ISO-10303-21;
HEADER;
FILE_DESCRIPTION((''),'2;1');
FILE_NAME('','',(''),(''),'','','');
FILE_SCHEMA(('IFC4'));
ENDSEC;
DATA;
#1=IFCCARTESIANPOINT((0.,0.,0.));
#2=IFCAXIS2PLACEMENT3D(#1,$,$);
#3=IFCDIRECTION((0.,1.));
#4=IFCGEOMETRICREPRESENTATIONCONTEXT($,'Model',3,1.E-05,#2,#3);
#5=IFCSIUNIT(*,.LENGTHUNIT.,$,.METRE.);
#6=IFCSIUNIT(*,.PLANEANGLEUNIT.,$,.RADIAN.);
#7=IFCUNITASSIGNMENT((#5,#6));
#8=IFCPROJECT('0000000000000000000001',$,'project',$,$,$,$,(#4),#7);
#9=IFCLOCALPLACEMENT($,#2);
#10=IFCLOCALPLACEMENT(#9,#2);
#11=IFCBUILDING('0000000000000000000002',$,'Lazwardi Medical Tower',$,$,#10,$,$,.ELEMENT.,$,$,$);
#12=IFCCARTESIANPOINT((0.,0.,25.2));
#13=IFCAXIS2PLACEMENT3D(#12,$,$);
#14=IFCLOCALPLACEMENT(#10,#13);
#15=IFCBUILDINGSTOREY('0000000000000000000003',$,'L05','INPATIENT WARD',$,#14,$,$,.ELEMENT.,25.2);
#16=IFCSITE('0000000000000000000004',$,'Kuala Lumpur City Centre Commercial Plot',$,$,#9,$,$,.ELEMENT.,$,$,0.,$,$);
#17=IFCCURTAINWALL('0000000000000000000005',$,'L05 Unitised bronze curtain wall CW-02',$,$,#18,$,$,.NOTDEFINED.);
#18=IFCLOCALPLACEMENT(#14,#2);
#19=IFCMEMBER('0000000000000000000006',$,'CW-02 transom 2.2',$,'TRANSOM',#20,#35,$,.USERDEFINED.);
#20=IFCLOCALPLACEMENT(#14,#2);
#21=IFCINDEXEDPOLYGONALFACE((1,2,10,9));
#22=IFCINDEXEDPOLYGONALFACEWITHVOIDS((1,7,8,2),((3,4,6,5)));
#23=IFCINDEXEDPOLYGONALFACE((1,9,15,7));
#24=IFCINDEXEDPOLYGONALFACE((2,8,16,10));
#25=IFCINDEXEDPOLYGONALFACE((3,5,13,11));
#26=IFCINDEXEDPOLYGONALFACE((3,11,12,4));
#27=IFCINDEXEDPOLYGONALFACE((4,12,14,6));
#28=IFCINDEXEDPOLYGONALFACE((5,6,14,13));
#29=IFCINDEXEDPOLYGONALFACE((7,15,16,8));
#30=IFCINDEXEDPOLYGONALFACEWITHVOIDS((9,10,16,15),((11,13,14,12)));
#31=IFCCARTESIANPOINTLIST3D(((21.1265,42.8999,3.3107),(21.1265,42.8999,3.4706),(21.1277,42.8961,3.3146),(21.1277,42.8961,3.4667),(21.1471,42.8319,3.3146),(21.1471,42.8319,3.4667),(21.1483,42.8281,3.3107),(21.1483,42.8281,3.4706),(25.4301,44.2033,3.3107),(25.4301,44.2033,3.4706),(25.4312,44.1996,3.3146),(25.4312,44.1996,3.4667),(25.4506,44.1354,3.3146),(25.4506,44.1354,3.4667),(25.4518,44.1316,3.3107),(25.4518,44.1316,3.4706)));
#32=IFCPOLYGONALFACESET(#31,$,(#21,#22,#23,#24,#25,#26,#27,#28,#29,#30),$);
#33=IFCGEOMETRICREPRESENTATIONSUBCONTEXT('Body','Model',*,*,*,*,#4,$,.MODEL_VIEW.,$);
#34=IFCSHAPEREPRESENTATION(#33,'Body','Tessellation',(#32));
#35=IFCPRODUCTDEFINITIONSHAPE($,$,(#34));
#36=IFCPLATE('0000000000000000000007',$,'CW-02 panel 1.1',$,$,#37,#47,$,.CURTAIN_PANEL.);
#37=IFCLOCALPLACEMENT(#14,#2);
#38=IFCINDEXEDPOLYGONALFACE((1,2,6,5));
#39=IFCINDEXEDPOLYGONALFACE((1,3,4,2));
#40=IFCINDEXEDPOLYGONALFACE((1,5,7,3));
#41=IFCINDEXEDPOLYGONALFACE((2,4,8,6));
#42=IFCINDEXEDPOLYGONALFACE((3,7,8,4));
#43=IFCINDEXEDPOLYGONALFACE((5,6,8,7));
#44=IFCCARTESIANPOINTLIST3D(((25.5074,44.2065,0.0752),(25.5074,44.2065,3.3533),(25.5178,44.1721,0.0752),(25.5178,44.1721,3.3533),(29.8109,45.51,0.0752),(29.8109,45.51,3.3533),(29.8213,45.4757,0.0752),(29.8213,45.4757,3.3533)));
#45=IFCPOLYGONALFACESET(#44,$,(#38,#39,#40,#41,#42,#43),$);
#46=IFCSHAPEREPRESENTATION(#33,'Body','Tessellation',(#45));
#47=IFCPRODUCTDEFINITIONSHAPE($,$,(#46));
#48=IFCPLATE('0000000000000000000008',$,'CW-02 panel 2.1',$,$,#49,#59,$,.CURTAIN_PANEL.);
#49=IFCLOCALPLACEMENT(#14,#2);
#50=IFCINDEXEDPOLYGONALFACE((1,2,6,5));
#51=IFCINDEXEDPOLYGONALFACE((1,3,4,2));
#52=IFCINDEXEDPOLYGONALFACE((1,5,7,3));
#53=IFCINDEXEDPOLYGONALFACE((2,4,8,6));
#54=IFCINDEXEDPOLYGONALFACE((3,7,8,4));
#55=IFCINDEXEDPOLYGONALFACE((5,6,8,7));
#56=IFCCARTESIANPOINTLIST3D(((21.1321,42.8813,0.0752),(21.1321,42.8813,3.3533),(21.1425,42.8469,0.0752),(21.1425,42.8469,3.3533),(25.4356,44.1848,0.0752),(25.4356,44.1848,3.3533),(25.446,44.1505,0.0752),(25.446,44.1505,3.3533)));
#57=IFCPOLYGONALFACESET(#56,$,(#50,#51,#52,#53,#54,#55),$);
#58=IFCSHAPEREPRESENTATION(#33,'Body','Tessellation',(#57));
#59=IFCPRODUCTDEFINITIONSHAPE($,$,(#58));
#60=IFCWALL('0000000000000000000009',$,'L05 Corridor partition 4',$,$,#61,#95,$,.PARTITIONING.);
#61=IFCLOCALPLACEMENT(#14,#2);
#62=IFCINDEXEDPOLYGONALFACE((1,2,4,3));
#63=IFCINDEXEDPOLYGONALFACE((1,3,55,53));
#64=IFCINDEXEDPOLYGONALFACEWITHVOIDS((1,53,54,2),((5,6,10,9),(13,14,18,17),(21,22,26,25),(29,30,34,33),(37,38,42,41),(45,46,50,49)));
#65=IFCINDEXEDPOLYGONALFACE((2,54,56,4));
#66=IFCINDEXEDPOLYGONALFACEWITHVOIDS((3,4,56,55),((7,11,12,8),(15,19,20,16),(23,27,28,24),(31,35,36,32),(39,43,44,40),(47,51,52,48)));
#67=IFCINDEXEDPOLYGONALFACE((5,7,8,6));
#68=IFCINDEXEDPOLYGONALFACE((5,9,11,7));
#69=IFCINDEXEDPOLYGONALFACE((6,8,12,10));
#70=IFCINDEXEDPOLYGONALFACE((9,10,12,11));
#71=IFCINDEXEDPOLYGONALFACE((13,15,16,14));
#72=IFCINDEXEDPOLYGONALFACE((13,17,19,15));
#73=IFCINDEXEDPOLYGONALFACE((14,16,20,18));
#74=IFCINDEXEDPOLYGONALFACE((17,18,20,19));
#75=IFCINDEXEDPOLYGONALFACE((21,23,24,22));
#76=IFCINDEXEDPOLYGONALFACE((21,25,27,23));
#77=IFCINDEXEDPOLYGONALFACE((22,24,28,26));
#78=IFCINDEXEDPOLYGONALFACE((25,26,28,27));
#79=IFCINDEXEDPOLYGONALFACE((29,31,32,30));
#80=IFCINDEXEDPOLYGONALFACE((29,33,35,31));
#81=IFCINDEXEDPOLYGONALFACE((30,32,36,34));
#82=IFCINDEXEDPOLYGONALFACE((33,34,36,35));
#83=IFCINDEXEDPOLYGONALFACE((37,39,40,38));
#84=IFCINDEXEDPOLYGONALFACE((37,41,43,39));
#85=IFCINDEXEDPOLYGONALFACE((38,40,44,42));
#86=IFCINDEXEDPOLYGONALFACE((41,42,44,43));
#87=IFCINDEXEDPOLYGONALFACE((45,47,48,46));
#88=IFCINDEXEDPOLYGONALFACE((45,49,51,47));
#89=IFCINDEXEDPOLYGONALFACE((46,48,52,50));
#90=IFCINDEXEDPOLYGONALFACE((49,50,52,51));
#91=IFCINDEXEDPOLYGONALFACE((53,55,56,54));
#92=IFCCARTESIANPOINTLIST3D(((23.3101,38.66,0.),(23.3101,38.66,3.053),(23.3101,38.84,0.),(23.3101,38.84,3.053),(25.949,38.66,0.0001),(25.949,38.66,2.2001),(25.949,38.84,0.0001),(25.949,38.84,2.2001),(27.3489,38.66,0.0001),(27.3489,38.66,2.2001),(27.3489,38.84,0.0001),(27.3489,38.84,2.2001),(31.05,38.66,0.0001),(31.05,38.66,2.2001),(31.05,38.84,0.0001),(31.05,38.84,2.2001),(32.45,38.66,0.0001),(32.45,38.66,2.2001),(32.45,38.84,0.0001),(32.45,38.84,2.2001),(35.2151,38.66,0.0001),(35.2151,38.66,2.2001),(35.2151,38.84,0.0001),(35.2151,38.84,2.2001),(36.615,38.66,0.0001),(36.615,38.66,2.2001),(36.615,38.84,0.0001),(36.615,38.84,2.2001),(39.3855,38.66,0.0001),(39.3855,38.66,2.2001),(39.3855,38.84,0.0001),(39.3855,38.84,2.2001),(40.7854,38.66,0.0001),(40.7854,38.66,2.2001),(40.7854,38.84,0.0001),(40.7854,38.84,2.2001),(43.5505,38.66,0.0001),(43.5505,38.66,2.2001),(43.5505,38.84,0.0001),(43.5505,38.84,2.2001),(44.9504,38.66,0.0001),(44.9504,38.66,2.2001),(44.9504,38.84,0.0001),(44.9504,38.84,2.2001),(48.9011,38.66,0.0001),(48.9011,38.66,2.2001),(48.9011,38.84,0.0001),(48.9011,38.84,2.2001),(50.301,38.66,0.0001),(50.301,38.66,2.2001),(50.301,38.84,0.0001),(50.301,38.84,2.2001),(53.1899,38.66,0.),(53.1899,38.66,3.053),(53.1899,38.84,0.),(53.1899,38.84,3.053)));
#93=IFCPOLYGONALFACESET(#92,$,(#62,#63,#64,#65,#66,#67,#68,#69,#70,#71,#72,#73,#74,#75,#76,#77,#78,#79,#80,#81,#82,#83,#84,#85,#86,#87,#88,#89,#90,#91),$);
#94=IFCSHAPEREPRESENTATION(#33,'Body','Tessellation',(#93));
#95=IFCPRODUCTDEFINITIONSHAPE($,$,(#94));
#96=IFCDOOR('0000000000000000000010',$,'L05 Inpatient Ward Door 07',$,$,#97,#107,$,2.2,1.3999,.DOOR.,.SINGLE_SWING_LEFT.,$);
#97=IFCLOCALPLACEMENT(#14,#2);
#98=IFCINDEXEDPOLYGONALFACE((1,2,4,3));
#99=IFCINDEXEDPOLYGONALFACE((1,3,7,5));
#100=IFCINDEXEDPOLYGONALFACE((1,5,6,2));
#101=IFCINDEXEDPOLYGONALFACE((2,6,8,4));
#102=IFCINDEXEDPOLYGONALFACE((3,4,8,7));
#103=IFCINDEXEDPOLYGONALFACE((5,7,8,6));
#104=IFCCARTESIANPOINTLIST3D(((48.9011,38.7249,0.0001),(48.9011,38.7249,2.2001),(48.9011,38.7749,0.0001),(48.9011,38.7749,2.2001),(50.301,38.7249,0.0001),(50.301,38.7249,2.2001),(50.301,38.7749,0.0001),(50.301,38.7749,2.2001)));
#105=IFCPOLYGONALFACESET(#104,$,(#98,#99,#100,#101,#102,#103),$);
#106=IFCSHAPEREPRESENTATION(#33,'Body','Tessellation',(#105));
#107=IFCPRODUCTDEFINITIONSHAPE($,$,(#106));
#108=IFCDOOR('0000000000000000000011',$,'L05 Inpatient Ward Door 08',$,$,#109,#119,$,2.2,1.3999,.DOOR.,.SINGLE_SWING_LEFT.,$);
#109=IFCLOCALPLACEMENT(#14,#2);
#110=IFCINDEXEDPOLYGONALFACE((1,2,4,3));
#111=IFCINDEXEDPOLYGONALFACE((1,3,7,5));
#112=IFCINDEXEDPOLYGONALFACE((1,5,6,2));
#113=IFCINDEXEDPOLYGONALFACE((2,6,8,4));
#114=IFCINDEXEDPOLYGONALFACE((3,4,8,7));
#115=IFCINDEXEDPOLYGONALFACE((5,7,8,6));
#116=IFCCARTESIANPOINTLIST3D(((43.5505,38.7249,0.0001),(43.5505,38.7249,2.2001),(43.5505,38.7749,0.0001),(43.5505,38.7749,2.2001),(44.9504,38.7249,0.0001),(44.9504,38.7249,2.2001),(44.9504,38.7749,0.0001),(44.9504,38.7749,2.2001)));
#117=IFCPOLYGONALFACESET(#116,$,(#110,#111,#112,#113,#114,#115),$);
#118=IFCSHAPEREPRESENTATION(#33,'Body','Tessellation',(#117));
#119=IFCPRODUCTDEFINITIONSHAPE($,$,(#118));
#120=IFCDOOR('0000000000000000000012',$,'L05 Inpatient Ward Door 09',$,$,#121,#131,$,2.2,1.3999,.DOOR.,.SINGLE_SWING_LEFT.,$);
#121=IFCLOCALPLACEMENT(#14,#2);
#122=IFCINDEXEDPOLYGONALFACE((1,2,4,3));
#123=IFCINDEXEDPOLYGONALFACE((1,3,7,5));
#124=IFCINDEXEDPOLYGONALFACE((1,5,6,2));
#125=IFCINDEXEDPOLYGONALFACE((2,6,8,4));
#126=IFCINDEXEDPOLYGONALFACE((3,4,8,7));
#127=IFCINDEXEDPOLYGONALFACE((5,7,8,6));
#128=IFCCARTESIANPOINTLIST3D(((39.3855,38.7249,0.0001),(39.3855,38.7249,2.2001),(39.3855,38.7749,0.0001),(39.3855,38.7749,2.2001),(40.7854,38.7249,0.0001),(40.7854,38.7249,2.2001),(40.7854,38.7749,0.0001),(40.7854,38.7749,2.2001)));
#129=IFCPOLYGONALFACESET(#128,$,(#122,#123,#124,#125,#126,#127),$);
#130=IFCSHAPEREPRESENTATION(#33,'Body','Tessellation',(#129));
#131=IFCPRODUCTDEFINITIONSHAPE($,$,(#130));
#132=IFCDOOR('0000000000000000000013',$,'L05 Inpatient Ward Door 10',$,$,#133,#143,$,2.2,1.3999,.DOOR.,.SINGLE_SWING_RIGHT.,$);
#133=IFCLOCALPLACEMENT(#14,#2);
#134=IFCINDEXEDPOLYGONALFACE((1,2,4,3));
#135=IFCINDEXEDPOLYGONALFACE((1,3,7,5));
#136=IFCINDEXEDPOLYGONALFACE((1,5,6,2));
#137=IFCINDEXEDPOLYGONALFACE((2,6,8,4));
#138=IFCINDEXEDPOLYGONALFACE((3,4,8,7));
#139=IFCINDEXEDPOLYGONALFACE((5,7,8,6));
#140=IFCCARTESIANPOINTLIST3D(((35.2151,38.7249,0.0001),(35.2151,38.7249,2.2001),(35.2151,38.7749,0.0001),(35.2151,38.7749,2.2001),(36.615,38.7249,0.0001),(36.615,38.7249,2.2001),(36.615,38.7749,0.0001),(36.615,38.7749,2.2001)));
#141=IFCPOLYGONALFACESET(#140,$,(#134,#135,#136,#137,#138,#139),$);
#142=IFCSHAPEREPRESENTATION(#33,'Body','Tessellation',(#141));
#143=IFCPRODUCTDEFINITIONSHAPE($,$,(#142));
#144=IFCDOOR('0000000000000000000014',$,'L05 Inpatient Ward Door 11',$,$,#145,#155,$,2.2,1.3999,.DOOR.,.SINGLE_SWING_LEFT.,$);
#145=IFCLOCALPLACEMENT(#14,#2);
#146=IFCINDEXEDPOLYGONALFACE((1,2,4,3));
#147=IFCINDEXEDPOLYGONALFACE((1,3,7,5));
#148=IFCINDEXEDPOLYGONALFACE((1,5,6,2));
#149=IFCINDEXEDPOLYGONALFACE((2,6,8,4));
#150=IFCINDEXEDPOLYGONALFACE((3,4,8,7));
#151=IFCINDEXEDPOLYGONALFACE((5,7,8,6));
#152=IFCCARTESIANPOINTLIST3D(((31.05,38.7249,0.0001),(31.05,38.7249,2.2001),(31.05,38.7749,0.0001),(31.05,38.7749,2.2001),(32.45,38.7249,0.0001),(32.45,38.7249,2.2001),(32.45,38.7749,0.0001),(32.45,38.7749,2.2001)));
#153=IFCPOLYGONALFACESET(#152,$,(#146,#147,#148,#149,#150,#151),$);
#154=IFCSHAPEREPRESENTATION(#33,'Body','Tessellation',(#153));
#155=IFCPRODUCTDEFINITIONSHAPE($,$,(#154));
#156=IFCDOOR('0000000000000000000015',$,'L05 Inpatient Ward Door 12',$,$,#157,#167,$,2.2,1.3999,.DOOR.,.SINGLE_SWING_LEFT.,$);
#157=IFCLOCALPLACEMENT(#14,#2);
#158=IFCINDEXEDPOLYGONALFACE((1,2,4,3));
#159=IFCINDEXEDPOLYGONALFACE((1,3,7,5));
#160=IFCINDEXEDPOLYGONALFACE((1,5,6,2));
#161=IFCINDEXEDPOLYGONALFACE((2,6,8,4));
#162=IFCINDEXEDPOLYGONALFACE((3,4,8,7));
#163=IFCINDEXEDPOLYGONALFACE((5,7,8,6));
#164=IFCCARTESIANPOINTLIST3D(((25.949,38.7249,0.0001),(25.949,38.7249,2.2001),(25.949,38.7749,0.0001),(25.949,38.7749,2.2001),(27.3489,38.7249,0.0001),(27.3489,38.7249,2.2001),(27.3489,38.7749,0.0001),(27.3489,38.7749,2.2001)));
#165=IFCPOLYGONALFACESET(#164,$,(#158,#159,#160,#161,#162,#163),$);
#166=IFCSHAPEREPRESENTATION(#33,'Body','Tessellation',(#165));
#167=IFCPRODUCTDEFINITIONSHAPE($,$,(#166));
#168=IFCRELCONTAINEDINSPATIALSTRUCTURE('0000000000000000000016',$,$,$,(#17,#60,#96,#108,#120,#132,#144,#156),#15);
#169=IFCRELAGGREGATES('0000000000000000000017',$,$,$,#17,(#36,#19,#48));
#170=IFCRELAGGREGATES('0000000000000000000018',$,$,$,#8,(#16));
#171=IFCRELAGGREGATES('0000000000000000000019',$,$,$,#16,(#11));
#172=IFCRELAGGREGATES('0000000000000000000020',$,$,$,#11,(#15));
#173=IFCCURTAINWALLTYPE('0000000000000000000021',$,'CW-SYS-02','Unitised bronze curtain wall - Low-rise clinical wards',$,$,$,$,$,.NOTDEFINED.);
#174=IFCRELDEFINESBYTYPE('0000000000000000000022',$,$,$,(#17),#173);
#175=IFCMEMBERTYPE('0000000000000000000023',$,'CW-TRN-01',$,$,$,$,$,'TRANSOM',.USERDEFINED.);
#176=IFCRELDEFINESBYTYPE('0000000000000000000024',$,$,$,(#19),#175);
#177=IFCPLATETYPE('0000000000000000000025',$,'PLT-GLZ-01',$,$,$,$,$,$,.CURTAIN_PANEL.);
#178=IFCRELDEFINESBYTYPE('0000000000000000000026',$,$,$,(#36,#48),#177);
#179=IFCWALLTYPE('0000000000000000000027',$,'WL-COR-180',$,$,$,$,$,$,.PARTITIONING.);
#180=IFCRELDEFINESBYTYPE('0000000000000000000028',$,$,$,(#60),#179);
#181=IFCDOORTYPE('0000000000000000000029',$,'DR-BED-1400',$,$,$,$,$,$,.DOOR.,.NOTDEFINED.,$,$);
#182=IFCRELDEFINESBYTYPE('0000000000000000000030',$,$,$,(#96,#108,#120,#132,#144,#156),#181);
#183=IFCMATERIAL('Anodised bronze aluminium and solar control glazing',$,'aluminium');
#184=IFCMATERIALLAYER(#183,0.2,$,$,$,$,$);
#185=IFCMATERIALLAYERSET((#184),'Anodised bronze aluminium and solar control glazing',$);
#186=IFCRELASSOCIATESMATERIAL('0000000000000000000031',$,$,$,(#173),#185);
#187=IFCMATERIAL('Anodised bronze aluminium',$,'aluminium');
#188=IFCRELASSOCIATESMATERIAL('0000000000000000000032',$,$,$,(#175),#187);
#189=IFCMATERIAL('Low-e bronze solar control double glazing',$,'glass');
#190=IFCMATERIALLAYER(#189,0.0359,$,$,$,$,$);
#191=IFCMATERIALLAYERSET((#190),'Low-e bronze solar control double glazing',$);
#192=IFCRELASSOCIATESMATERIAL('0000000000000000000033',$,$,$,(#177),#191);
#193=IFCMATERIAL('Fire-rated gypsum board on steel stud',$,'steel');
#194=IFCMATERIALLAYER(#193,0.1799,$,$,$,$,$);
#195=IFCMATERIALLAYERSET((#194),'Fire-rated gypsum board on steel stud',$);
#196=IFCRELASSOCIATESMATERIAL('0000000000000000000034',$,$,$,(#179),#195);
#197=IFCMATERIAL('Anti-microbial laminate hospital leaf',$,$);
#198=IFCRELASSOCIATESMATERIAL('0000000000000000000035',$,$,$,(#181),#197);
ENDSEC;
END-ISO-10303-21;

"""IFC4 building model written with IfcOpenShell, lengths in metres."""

from ifc_helpers import new_model, si_unit, direction, frame, frame_2d, origin, origin_2d, place, context, subcontext, project, spatial, rectangle, hollow_rectangle, extrude, material, layer, layer_set, material_profile, profile_set, type_object, element, fill, aggregate, save


model = new_model("IFC4")

# Units and contexts
model_context = context("Model", 3, precision=1e-05, world=origin(), true_north=direction((0.0, 1.0)))
body_context = subcontext(model_context, "Body", "Model", "MODEL_VIEW")
ifc_project = project(units=[si_unit("LENGTHUNIT", "METRE"), si_unit("PLANEANGLEUNIT", "RADIAN")], contexts=[model_context])

# Site, building, storey
site_placement = place(None, origin())
site = spatial("IfcSite", under=ifc_project, at=site_placement, Name="Kuala Lumpur City Centre Commercial Plot", CompositionType="ELEMENT", RefElevation=0.0)
building_placement = place(site_placement, origin())
building = spatial("IfcBuilding", under=site, at=building_placement, Name="Lazwardi Medical Tower", CompositionType="ELEMENT")
storey_placement = place(building_placement, frame((0.0, 0.0, 25.2)))
storey = spatial("IfcBuildingStorey", under=building, at=storey_placement, Name="L05", Description="INPATIENT WARD", CompositionType="ELEMENT", Elevation=25.2)

# Curtain wall, member, plates
ifc_material_1 = material(Name="Anodised bronze aluminium and solar control glazing", Category="aluminium")
ifc_layer_1 = layer(ifc_material_1, 0.2)
ifc_layer_set_1 = layer_set([ifc_layer_1], Name="Anodised bronze aluminium and solar control glazing")
curtain_wall_type = type_object("IfcCurtainWallType", Name="CW-SYS-02", Description="Unitised bronze curtain wall - Low-rise clinical wards", PredefinedType="NOTDEFINED", material=ifc_layer_set_1)
curtain_wall_placement = place(storey_placement, origin())
curtain_wall = element("IfcCurtainWall", 1, at=curtain_wall_placement, inside=storey, type_object=curtain_wall_type, Name="L05 Unitised bronze curtain wall CW-02", PredefinedType="NOTDEFINED")
ifc_material_2 = material(Name="Anodised bronze aluminium", Category="aluminium")
ifc_material_profile_1 = material_profile(ifc_material_2, hollow_rectangle(XDim=0.075, YDim=0.1599, WallThickness=0.0039, at=origin_2d()), Name="ALU-TRANSOM 160x75x4")
ifc_profile_set_1 = profile_set([ifc_material_profile_1], Name="Anodised bronze aluminium")
member_type_1 = type_object("IfcMemberType", Name="CW-TRN-01", ElementType="TRANSOM", PredefinedType="USERDEFINED", material=ifc_profile_set_1)
member_1_placement = place(storey_placement, frame((25.4409, 44.1675, 3.3906), z_axis=(-0.957062, -0.289882, 0.0), x_axis=(0.289882, -0.957062, 0.0)))
member_1 = element("IfcMember", 2, at=member_1_placement, type_object=member_type_1, Name="CW-02 transom 2.2", ObjectType="TRANSOM", PredefinedType="USERDEFINED", context=body_context, shape_type="SweptSolid", body=[
    extrude(hollow_rectangle(XDim=0.075, YDim=0.1599, WallThickness=0.0039, at=origin_2d()), origin(), (0.0, 0.0, 1.0), 4.4966),
])
ifc_material_3 = material(Name="Low-e bronze solar control double glazing", Category="glass")
ifc_layer_2 = layer(ifc_material_3, 0.0359)
ifc_layer_set_2 = layer_set([ifc_layer_2], Name="Low-e bronze solar control double glazing")
plate_type = type_object("IfcPlateType", Name="PLT-GLZ-01", PredefinedType="CURTAIN_PANEL", material=ifc_layer_set_2)
plate_1_placement = place(storey_placement, frame((27.6643, 44.8411, 0.0752), z_axis=(0.0, 0.0, 1.0), x_axis=(-0.957058, -0.289896, 0.0)))
plate_1 = element("IfcPlate", 3, at=plate_1_placement, type_object=plate_type, Name="CW-02 panel 1.1", PredefinedType="CURTAIN_PANEL", context=body_context, shape_type="SweptSolid", body=[
    extrude(rectangle(XDim=4.4966, YDim=0.0359, at=origin_2d()), origin(), (0.0, 0.0, 1.0), 3.2781),
])
plate_2_placement = place(storey_placement, frame((23.2891, 43.5159, 0.0752), z_axis=(0.0, 0.0, 1.0), x_axis=(-0.957058, -0.289896, 0.0)))
plate_2 = element("IfcPlate", 4, at=plate_2_placement, type_object=plate_type, Name="CW-02 panel 2.1", PredefinedType="CURTAIN_PANEL", context=body_context, shape_type="SweptSolid", body=[
    extrude(rectangle(XDim=4.4966, YDim=0.0359, at=origin_2d()), origin(), (0.0, 0.0, 1.0), 3.2781),
])
aggregate(curtain_wall, [plate_1, member_1, plate_2])

# Wall, openings, doors
ifc_material_4 = material(Name="Fire-rated gypsum board on steel stud", Category="steel")
ifc_layer_3 = layer(ifc_material_4, 0.1799)
ifc_layer_set_3 = layer_set([ifc_layer_3], Name="Fire-rated gypsum board on steel stud")
wall_type_1 = type_object("IfcWallType", Name="WL-COR-180", PredefinedType="PARTITIONING", material=ifc_layer_set_3)
wall_1_placement = place(storey_placement, frame((23.3101, 38.75, 0.0), z_axis=(0.0, 0.0, 1.0), x_axis=(1.0, 0.0, 0.0)))
wall_1 = element("IfcWall", 5, at=wall_1_placement, inside=storey, type_object=wall_type_1, Name="L05 Corridor partition 4", PredefinedType="PARTITIONING", context=body_context, shape_type="SweptSolid", body=[
    extrude(rectangle(XDim=29.8799, YDim=0.1799, at=frame_2d((14.9399, 0.0))), origin(), (0.0, 0.0, 1.0), 3.053),
])
opening_1_placement = place(wall_1_placement, frame((25.5911, 0.0, 0.0)))
opening_1 = element("IfcOpeningElement", 6, at=opening_1_placement, cuts=wall_1, PredefinedType="OPENING", context=body_context, shape_type="SweptSolid", body=[
    extrude(rectangle(XDim=1.3999, YDim=2.2, at=frame_2d((0.7, 1.1001))), frame((0.0, 0.0999, 0.0), z_axis=(0.0, -1.0, 0.0), x_axis=(1.0, 0.0, 0.0)), (0.0, 0.0, 1.0), 0.2),
])
opening_2_placement = place(wall_1_placement, frame((20.2405, 0.0, 0.0)))
opening_2 = element("IfcOpeningElement", 7, at=opening_2_placement, cuts=wall_1, PredefinedType="OPENING", context=body_context, shape_type="SweptSolid", body=[
    extrude(rectangle(XDim=1.3999, YDim=2.2, at=frame_2d((0.7, 1.1001))), frame((0.0, 0.0999, 0.0), z_axis=(0.0, -1.0, 0.0), x_axis=(1.0, 0.0, 0.0)), (0.0, 0.0, 1.0), 0.2),
])
opening_3_placement = place(wall_1_placement, frame((16.0754, 0.0, 0.0)))
opening_3 = element("IfcOpeningElement", 8, at=opening_3_placement, cuts=wall_1, PredefinedType="OPENING", context=body_context, shape_type="SweptSolid", body=[
    extrude(rectangle(XDim=1.3999, YDim=2.2, at=frame_2d((0.7, 1.1001))), frame((0.0, 0.0999, 0.0), z_axis=(0.0, -1.0, 0.0), x_axis=(1.0, 0.0, 0.0)), (0.0, 0.0, 1.0), 0.2),
])
opening_4_placement = place(wall_1_placement, frame((11.905, 0.0, 0.0)))
opening_4 = element("IfcOpeningElement", 9, at=opening_4_placement, cuts=wall_1, PredefinedType="OPENING", context=body_context, shape_type="SweptSolid", body=[
    extrude(rectangle(XDim=1.3999, YDim=2.2, at=frame_2d((0.7, 1.1001))), frame((0.0, 0.0999, 0.0), z_axis=(0.0, -1.0, 0.0), x_axis=(1.0, 0.0, 0.0)), (0.0, 0.0, 1.0), 0.2),
])
opening_5_placement = place(wall_1_placement, frame((7.74, 0.0, 0.0)))
opening_5 = element("IfcOpeningElement", 10, at=opening_5_placement, cuts=wall_1, PredefinedType="OPENING", context=body_context, shape_type="SweptSolid", body=[
    extrude(rectangle(XDim=1.3999, YDim=2.2, at=frame_2d((0.7, 1.1001))), frame((0.0, 0.0999, 0.0), z_axis=(0.0, -1.0, 0.0), x_axis=(1.0, 0.0, 0.0)), (0.0, 0.0, 1.0), 0.2),
])
opening_6_placement = place(wall_1_placement, frame((2.6389, 0.0, 0.0)))
opening_6 = element("IfcOpeningElement", 11, at=opening_6_placement, cuts=wall_1, PredefinedType="OPENING", context=body_context, shape_type="SweptSolid", body=[
    extrude(rectangle(XDim=1.3999, YDim=2.2, at=frame_2d((0.7, 1.1001))), frame((0.0, 0.0999, 0.0), z_axis=(0.0, -1.0, 0.0), x_axis=(1.0, 0.0, 0.0)), (0.0, 0.0, 1.0), 0.2),
])
ifc_material_5 = material(Name="Anti-microbial laminate hospital leaf")
door_type = type_object("IfcDoorType", Name="DR-BED-1400", OperationType="NOTDEFINED", PredefinedType="DOOR", material=ifc_material_5)
door_1_placement = place(opening_1_placement, origin())
door_1 = element("IfcDoor", 12, at=door_1_placement, inside=storey, type_object=door_type, Name="L05 Inpatient Ward Door 07", OperationType="SINGLE_SWING_LEFT", OverallHeight=2.2, OverallWidth=1.3999, PredefinedType="DOOR", context=body_context, shape_type="SweptSolid", body=[
    extrude(rectangle(XDim=1.3999, YDim=2.2, at=frame_2d((0.7, 1.1001))), frame((0.0, 0.0249, 0.0), z_axis=(0.0, -1.0, 0.0), x_axis=(1.0, 0.0, 0.0)), (0.0, 0.0, 1.0), 0.05),
])
fill(opening_1, door_1)
door_2_placement = place(opening_2_placement, origin())
door_2 = element("IfcDoor", 13, at=door_2_placement, inside=storey, type_object=door_type, Name="L05 Inpatient Ward Door 08", OperationType="SINGLE_SWING_LEFT", OverallHeight=2.2, OverallWidth=1.3999, PredefinedType="DOOR", context=body_context, shape_type="SweptSolid", body=[
    extrude(rectangle(XDim=1.3999, YDim=2.2, at=frame_2d((0.7, 1.1001))), frame((0.0, 0.0249, 0.0), z_axis=(0.0, -1.0, 0.0), x_axis=(1.0, 0.0, 0.0)), (0.0, 0.0, 1.0), 0.05),
])
fill(opening_2, door_2)
door_3_placement = place(opening_3_placement, origin())
door_3 = element("IfcDoor", 14, at=door_3_placement, inside=storey, type_object=door_type, Name="L05 Inpatient Ward Door 09", OperationType="SINGLE_SWING_LEFT", OverallHeight=2.2, OverallWidth=1.3999, PredefinedType="DOOR", context=body_context, shape_type="SweptSolid", body=[
    extrude(rectangle(XDim=1.3999, YDim=2.2, at=frame_2d((0.7, 1.1001))), frame((0.0, 0.0249, 0.0), z_axis=(0.0, -1.0, 0.0), x_axis=(1.0, 0.0, 0.0)), (0.0, 0.0, 1.0), 0.05),
])
fill(opening_3, door_3)
door_4_placement = place(opening_4_placement, origin())
door_4 = element("IfcDoor", 15, at=door_4_placement, inside=storey, type_object=door_type, Name="L05 Inpatient Ward Door 10", OperationType="SINGLE_SWING_RIGHT", OverallHeight=2.2, OverallWidth=1.3999, PredefinedType="DOOR", context=body_context, shape_type="SweptSolid", body=[
    extrude(rectangle(XDim=1.3999, YDim=2.2, at=frame_2d((0.7, 1.1001))), frame((0.0, 0.0249, 0.0), z_axis=(0.0, -1.0, 0.0), x_axis=(1.0, 0.0, 0.0)), (0.0, 0.0, 1.0), 0.05),
])
fill(opening_4, door_4)
door_5_placement = place(opening_5_placement, origin())
door_5 = element("IfcDoor", 16, at=door_5_placement, inside=storey, type_object=door_type, Name="L05 Inpatient Ward Door 11", OperationType="SINGLE_SWING_LEFT", OverallHeight=2.2, OverallWidth=1.3999, PredefinedType="DOOR", context=body_context, shape_type="SweptSolid", body=[
    extrude(rectangle(XDim=1.3999, YDim=2.2, at=frame_2d((0.7, 1.1001))), frame((0.0, 0.0249, 0.0), z_axis=(0.0, -1.0, 0.0), x_axis=(1.0, 0.0, 0.0)), (0.0, 0.0, 1.0), 0.05),
])
fill(opening_5, door_5)
door_6_placement = place(opening_6_placement, origin())
door_6 = element("IfcDoor", 17, at=door_6_placement, inside=storey, type_object=door_type, Name="L05 Inpatient Ward Door 12", OperationType="SINGLE_SWING_LEFT", OverallHeight=2.2, OverallWidth=1.3999, PredefinedType="DOOR", context=body_context, shape_type="SweptSolid", body=[
    extrude(rectangle(XDim=1.3999, YDim=2.2, at=frame_2d((0.7, 1.1001))), frame((0.0, 0.0249, 0.0), z_axis=(0.0, -1.0, 0.0), x_axis=(1.0, 0.0, 0.0)), (0.0, 0.0, 1.0), 0.05),
])
fill(opening_6, door_6)

save(model, "model.ifc")
